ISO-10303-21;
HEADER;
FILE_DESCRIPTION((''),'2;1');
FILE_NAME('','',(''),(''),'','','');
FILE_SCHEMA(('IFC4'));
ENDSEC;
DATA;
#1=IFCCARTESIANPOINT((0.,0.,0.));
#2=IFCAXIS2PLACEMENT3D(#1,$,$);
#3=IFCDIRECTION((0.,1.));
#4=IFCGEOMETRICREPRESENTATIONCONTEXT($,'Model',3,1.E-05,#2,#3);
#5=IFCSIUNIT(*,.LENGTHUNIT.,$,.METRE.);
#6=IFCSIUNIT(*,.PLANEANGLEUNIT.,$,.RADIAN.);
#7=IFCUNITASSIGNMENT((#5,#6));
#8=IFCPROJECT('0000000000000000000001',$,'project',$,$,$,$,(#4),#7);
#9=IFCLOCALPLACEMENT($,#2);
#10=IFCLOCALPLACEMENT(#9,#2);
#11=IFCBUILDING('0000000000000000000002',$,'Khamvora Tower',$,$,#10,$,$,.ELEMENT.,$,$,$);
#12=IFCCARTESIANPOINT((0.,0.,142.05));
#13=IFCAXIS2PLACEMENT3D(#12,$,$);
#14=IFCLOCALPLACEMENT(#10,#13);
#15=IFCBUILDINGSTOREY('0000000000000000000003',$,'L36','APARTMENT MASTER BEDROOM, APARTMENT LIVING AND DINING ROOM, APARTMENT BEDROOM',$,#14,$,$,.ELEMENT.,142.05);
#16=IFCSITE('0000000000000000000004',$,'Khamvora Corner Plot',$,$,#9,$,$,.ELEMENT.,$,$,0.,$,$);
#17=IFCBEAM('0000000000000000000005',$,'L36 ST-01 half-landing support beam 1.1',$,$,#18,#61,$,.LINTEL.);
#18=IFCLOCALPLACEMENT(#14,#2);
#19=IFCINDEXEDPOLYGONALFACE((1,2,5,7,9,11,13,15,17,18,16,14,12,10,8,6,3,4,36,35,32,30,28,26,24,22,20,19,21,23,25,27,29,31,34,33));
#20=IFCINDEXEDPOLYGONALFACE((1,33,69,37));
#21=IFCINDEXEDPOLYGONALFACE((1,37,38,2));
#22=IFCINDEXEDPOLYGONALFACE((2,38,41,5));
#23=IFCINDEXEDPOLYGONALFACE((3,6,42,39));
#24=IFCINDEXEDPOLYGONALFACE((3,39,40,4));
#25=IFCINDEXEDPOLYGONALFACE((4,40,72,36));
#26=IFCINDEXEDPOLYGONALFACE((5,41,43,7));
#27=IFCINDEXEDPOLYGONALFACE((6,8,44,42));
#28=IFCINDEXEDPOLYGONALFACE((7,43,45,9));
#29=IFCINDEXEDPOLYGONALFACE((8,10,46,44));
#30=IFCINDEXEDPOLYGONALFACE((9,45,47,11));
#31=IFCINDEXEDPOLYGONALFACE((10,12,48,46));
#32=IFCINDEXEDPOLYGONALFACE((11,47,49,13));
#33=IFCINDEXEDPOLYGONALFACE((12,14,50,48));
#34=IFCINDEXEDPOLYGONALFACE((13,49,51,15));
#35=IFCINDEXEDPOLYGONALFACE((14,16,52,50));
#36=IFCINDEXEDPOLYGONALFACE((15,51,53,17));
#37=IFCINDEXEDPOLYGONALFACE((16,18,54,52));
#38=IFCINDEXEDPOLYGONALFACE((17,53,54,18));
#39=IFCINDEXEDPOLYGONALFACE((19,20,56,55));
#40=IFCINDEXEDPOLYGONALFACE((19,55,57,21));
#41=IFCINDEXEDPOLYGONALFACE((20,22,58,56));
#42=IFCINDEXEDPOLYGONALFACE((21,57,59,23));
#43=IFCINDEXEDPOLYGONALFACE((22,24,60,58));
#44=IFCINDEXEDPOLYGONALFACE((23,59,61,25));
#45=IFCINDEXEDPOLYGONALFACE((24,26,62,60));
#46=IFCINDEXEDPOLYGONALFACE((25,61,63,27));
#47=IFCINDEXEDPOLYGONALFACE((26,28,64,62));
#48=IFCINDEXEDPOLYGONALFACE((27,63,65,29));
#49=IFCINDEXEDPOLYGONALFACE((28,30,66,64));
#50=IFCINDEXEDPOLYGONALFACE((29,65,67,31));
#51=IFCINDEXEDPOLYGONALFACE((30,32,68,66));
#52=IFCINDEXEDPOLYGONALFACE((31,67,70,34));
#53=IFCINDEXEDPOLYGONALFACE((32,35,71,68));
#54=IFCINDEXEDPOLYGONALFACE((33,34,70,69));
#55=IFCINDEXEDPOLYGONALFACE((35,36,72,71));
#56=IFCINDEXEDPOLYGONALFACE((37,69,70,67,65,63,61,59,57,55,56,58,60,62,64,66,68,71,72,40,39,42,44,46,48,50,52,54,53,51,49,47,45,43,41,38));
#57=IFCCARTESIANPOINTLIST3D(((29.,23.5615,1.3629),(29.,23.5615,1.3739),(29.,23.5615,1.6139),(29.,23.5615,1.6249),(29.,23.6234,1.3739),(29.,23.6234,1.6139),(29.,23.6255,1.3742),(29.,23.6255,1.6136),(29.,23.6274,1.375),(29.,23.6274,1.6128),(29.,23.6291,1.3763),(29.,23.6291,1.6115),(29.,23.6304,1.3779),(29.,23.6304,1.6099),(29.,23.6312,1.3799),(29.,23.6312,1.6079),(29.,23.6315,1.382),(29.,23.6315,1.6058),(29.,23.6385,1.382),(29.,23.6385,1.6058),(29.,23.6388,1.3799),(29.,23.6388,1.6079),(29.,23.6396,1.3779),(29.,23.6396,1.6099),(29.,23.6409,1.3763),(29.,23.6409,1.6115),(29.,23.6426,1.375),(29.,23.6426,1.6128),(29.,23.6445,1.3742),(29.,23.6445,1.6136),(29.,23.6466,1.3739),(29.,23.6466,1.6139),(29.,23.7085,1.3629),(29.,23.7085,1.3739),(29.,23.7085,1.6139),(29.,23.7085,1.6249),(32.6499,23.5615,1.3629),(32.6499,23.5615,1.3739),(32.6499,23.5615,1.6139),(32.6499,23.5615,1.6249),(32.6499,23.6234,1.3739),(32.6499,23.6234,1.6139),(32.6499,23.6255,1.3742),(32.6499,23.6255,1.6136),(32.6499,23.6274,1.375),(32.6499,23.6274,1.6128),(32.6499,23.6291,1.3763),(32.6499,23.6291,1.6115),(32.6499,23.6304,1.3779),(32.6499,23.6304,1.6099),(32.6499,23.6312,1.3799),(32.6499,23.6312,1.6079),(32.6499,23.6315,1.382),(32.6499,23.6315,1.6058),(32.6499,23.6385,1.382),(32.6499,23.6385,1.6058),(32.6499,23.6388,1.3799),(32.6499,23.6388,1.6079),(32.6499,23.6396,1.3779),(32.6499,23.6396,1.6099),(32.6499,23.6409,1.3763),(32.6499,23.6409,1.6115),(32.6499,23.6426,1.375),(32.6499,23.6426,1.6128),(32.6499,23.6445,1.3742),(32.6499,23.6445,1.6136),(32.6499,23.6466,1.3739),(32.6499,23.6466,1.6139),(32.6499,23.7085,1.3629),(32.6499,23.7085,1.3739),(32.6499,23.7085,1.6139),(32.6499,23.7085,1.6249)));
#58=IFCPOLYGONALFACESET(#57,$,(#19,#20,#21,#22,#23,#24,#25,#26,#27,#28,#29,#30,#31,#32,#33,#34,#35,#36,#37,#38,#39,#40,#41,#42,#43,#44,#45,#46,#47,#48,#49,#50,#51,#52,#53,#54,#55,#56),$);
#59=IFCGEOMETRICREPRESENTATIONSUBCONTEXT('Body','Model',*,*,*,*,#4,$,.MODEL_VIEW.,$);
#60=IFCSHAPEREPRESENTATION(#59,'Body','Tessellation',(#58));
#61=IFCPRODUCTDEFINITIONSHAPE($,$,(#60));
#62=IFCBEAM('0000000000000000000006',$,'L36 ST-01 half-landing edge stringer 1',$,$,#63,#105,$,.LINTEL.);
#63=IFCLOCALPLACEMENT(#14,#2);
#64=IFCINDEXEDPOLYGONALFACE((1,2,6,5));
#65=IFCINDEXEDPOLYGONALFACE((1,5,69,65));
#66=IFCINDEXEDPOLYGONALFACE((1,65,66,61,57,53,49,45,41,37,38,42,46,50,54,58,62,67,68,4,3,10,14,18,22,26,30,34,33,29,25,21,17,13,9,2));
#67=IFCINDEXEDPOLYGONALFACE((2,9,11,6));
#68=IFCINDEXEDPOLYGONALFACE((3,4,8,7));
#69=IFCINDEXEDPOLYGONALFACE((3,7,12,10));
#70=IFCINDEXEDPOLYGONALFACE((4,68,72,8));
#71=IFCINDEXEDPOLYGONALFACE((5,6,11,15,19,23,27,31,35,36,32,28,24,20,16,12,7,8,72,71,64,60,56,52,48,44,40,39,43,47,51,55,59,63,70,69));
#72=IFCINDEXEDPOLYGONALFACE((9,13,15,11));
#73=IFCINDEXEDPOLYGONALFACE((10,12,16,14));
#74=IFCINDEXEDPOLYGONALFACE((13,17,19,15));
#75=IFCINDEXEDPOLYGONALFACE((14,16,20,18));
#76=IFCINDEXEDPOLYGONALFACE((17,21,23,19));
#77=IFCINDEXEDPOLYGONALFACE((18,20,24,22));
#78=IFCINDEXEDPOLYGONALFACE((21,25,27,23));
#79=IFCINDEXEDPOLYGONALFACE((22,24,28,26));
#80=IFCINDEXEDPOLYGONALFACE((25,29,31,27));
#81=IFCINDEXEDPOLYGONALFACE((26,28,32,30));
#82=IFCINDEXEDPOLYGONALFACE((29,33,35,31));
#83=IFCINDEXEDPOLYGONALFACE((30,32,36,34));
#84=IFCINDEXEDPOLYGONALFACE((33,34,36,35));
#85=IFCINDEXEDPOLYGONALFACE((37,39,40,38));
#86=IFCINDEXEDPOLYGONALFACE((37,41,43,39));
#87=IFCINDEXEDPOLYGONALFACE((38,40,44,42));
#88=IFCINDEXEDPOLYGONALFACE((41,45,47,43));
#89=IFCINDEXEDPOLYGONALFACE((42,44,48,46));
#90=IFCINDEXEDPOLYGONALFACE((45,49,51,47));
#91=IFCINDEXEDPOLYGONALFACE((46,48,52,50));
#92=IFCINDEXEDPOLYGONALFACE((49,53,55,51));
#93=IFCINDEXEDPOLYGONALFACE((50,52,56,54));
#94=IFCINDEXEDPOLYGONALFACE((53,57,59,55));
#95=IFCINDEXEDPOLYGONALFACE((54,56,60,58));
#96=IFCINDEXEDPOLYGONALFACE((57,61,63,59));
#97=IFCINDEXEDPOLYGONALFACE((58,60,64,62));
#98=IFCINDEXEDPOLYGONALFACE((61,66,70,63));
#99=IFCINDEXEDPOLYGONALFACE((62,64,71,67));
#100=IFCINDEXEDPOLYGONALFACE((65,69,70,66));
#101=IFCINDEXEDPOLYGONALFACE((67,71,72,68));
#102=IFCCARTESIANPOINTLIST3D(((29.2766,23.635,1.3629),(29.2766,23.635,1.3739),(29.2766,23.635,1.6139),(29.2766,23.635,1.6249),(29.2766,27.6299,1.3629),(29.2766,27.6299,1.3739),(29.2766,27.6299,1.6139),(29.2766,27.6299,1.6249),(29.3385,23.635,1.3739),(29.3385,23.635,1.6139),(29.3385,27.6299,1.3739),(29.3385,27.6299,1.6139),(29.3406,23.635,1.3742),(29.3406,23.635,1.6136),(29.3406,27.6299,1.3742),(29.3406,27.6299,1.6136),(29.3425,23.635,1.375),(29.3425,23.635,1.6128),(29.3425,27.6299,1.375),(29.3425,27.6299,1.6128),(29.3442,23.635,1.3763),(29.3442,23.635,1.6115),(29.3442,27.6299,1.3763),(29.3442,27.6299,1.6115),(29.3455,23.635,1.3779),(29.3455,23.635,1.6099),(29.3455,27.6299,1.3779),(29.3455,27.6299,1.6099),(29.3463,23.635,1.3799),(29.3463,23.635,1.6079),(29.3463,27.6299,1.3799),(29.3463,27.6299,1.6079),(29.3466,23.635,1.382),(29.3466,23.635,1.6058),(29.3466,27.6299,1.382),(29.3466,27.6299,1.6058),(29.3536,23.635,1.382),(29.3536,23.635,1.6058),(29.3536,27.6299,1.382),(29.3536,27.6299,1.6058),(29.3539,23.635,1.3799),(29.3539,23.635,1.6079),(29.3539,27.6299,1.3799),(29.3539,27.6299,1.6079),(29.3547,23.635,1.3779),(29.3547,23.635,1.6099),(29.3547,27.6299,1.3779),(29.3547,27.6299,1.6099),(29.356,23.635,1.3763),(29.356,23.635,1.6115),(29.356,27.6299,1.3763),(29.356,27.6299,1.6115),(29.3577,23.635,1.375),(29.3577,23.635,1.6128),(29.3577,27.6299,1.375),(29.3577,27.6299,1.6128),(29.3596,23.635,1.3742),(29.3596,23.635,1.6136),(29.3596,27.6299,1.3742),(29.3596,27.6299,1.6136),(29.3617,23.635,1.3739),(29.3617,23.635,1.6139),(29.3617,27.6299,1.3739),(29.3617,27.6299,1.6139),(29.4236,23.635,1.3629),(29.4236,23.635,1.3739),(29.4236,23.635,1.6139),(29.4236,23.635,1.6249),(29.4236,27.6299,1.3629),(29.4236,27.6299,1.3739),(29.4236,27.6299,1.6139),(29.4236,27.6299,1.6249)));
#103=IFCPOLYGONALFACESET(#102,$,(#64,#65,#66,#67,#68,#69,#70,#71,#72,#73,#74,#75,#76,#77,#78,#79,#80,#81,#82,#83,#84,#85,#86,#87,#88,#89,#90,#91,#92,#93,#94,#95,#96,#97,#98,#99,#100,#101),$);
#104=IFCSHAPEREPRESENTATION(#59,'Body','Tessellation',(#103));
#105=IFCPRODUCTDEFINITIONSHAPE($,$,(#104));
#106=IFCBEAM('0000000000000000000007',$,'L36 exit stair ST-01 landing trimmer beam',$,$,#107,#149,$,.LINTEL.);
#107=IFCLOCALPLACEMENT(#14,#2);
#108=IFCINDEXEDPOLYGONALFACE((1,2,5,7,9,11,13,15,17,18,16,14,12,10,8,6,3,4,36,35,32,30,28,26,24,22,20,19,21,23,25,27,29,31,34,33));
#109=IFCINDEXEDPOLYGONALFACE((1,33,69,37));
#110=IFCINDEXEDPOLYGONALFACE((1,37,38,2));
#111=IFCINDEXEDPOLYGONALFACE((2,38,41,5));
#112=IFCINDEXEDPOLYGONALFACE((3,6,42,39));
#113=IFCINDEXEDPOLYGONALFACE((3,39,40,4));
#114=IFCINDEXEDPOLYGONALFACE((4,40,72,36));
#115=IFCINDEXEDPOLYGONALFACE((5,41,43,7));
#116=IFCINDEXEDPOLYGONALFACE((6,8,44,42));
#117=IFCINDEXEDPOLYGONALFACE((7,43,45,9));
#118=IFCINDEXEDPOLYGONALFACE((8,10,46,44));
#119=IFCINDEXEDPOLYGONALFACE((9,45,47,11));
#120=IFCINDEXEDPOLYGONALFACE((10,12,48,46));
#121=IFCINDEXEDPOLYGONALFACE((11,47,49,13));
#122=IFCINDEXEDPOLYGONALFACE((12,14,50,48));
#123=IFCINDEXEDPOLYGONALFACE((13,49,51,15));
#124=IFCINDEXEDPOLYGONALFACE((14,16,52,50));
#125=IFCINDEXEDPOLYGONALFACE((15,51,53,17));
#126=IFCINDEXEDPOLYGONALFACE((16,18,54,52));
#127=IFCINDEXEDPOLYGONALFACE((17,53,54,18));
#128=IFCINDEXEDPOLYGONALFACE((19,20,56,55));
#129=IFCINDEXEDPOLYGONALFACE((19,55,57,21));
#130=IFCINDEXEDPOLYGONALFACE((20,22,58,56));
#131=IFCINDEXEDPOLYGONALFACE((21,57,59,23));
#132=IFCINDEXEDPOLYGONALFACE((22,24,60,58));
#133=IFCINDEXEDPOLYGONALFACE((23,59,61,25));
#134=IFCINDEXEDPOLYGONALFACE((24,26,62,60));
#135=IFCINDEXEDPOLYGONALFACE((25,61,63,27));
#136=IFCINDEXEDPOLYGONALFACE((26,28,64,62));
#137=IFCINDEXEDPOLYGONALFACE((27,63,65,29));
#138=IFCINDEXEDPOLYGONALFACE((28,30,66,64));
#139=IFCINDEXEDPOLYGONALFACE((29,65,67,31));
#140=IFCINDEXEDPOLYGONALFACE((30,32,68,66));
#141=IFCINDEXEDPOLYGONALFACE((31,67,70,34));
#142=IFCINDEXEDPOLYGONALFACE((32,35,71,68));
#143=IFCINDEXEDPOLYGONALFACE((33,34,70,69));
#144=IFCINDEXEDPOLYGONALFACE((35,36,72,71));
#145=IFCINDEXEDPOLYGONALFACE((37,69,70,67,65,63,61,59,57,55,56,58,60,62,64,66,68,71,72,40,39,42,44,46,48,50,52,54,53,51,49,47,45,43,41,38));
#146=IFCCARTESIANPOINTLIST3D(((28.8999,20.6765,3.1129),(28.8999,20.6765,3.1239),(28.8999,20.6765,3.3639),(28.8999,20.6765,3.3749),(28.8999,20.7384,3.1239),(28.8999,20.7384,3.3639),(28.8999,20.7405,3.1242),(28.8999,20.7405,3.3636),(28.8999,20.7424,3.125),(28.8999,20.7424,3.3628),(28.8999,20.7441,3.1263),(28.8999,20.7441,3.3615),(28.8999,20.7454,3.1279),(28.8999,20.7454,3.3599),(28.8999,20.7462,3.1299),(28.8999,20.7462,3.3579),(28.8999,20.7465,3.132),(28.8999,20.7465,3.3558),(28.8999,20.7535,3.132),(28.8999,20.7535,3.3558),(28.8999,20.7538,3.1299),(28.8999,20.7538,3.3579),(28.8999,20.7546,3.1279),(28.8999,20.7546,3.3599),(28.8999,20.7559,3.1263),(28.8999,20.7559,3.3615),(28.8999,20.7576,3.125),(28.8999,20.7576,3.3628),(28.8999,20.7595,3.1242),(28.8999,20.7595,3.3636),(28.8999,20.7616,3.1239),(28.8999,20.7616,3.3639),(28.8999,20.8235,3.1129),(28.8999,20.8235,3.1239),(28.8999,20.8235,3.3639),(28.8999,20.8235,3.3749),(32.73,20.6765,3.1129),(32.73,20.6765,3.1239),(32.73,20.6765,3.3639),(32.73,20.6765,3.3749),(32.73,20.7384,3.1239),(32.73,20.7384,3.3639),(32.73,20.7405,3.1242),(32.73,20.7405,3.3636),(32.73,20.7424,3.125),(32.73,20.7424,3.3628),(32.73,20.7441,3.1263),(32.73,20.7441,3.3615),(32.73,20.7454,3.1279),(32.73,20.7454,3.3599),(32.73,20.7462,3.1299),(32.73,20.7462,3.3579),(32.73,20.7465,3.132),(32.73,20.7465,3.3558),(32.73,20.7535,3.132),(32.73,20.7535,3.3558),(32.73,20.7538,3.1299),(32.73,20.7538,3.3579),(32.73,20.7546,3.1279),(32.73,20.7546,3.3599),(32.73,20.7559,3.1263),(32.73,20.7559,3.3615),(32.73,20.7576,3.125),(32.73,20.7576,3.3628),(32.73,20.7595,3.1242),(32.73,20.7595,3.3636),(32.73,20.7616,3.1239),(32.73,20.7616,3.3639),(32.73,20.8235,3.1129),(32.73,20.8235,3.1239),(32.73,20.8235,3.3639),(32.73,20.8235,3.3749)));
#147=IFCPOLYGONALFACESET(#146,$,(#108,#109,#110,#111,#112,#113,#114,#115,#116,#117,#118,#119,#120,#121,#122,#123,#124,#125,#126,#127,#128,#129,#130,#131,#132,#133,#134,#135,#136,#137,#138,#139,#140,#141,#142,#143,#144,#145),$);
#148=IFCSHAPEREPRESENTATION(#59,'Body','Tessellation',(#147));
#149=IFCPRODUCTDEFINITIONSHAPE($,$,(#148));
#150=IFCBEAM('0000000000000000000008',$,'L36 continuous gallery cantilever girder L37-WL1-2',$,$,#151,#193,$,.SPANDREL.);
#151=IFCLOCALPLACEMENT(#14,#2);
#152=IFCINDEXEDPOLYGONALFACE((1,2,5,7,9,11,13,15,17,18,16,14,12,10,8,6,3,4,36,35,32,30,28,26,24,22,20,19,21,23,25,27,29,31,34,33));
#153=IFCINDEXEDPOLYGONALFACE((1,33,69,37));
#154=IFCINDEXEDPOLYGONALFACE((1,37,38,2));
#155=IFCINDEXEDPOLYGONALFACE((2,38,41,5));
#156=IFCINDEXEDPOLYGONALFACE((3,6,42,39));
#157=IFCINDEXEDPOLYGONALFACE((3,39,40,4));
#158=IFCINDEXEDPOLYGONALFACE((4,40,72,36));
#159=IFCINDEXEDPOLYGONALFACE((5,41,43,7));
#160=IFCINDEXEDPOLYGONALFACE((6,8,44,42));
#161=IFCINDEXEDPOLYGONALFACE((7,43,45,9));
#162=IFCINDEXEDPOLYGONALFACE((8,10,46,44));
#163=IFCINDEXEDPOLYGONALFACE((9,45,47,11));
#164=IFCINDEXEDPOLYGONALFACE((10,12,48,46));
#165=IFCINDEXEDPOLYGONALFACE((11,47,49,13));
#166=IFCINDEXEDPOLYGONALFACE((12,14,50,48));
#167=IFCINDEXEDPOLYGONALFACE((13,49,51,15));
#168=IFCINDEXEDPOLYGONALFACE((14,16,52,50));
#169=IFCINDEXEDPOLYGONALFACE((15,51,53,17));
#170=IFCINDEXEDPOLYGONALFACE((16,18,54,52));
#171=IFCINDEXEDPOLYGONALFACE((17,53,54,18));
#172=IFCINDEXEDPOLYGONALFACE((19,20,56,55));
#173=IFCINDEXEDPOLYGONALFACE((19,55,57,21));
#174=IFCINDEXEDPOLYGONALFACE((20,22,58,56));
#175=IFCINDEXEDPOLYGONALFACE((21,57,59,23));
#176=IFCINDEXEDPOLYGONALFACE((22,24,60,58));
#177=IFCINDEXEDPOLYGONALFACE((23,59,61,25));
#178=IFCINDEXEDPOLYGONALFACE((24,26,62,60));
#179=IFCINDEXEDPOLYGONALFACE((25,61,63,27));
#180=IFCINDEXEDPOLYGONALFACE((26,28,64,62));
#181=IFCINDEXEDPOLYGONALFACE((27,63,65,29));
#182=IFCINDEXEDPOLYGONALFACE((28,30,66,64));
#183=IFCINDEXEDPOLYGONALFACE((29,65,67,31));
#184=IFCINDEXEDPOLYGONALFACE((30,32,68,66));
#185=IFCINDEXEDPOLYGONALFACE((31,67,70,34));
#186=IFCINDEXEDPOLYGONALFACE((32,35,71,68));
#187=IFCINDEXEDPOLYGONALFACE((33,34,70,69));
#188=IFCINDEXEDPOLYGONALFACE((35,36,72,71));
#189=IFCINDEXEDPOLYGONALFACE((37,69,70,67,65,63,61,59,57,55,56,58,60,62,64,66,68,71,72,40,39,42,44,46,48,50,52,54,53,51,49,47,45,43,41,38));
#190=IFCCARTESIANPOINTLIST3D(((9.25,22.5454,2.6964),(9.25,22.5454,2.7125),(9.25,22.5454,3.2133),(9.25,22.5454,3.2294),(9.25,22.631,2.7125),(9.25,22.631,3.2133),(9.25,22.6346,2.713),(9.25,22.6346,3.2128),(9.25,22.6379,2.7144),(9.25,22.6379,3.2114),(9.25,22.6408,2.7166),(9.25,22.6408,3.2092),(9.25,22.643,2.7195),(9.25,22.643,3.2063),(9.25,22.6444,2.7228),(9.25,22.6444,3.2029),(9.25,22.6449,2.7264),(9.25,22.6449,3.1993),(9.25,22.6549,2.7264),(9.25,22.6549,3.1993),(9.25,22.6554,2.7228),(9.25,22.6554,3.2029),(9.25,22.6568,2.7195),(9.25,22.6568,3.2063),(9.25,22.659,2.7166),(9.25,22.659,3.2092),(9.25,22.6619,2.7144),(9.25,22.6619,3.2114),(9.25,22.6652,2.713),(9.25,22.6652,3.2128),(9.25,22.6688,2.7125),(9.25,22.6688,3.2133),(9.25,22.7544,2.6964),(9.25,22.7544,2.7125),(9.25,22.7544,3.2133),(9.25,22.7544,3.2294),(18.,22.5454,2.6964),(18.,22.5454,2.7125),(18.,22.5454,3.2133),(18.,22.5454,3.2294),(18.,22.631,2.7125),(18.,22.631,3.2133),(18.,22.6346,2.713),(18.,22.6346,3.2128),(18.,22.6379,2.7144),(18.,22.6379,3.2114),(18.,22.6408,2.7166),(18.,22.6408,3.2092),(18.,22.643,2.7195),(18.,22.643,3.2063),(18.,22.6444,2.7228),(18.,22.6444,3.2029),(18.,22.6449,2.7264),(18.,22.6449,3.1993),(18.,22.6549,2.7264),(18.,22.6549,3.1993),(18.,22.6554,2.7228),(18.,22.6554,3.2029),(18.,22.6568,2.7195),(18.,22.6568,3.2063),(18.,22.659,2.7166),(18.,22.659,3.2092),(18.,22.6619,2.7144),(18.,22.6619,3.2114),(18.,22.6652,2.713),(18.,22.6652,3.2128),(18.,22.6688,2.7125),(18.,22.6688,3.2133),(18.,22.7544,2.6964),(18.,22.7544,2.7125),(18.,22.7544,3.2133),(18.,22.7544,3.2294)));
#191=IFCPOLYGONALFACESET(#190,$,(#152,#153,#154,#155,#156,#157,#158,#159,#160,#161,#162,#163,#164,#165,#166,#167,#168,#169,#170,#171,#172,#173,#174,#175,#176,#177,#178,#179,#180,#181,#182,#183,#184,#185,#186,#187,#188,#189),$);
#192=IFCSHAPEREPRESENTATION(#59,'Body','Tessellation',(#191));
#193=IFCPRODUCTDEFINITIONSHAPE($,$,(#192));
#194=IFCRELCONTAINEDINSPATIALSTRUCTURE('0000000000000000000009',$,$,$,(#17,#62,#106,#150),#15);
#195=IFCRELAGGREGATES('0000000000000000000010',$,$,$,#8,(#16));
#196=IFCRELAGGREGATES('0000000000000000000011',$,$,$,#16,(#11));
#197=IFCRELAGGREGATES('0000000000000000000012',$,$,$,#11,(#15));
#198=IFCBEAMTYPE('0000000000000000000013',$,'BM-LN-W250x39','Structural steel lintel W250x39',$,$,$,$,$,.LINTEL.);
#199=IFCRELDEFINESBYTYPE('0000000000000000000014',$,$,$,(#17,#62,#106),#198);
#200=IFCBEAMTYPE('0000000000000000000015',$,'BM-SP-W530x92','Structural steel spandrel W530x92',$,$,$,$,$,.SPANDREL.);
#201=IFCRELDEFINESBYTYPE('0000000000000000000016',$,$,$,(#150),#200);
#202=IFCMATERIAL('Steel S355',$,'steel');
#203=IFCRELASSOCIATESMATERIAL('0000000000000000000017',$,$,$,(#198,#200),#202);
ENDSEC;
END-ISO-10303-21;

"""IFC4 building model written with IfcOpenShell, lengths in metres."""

from ifc_helpers import new_model, si_unit, direction, frame, origin, origin_2d, place, context, subcontext, project, spatial, i_section, extrude, material, material_profile, profile_set, type_object, element, save


model = new_model("IFC4")

# Units and contexts
model_context = context("Model", 3, precision=1e-05, world=origin(), true_north=direction((0.0, 1.0)))
body_context = subcontext(model_context, "Body", "Model", "MODEL_VIEW")
ifc_project = project(units=[si_unit("LENGTHUNIT", "METRE"), si_unit("PLANEANGLEUNIT", "RADIAN")], contexts=[model_context])

# Site, building, storey
site_placement = place(None, origin())
site = spatial("IfcSite", under=ifc_project, at=site_placement, Name="Khamvora Corner Plot", CompositionType="ELEMENT", RefElevation=0.0)
building_placement = place(site_placement, origin())
building = spatial("IfcBuilding", under=site, at=building_placement, Name="Khamvora Tower", CompositionType="ELEMENT")
storey_placement = place(building_placement, frame((0.0, 0.0, 142.05)))
storey = spatial("IfcBuildingStorey", under=building, at=storey_placement, Name="L36", Description="APARTMENT MASTER BEDROOM, APARTMENT LIVING AND DINING ROOM, APARTMENT BEDROOM", CompositionType="ELEMENT", Elevation=142.05)

# Beams
ifc_material_1 = material(Name="Steel S355", Category="steel")
ifc_material_profile_1 = material_profile(ifc_material_1, i_section(OverallWidth=0.147, OverallDepth=0.262, WebThickness=0.0071, FlangeThickness=0.011, FilletRadius=0.0081, at=origin_2d()), Name="W250x39")
ifc_profile_set_1 = profile_set([ifc_material_profile_1], Name="Steel S355")
beam_type_1 = type_object("IfcBeamType", Name="BM-LN-W250x39", Description="Structural steel lintel W250x39", PredefinedType="LINTEL", material=ifc_profile_set_1)
beam_1_placement = place(storey_placement, frame((29.0, 23.635, 1.4939), z_axis=(1.0, 0.0, 0.0), x_axis=(0.0, 1.0, 0.0)))
element("IfcBeam", 1, at=beam_1_placement, inside=storey, type_object=beam_type_1, Name="L36 ST-01 half-landing support beam 1.1", PredefinedType="LINTEL", context=body_context, shape_type="SweptSolid", body=[
    extrude(i_section(OverallWidth=0.147, OverallDepth=0.262, WebThickness=0.0071, FlangeThickness=0.011, FilletRadius=0.0081, at=origin_2d()), origin(), (0.0, 0.0, 1.0), 3.6499),
])
beam_2_placement = place(storey_placement, frame((29.3501, 23.635, 1.4939), z_axis=(0.0, 1.0, 0.0), x_axis=(-1.0, 0.0, 0.0)))
element("IfcBeam", 2, at=beam_2_placement, inside=storey, type_object=beam_type_1, Name="L36 ST-01 half-landing edge stringer 1", PredefinedType="LINTEL", context=body_context, shape_type="SweptSolid", body=[
    extrude(i_section(OverallWidth=0.147, OverallDepth=0.262, WebThickness=0.0071, FlangeThickness=0.011, FilletRadius=0.0081, at=origin_2d()), origin(), (0.0, 0.0, 1.0), 3.9949),
])
beam_3_placement = place(storey_placement, frame((28.8999, 20.75, 3.2439), z_axis=(1.0, 0.0, 0.0), x_axis=(0.0, 1.0, 0.0)))
element("IfcBeam", 3, at=beam_3_placement, inside=storey, type_object=beam_type_1, Name="L36 exit stair ST-01 landing trimmer beam", PredefinedType="LINTEL", context=body_context, shape_type="SweptSolid", body=[
    extrude(i_section(OverallWidth=0.147, OverallDepth=0.262, WebThickness=0.0071, FlangeThickness=0.011, FilletRadius=0.0081, at=origin_2d()), origin(), (0.0, 0.0, 1.0), 3.8301),
])
ifc_material_profile_2 = material_profile(ifc_material_1, i_section(OverallWidth=0.209, OverallDepth=0.533, WebThickness=0.01, FlangeThickness=0.0161, FilletRadius=0.0139, at=origin_2d()), Name="W530x92")
ifc_profile_set_2 = profile_set([ifc_material_profile_2], Name="Steel S355")
beam_type_2 = type_object("IfcBeamType", Name="BM-SP-W530x92", Description="Structural steel spandrel W530x92", PredefinedType="SPANDREL", material=ifc_profile_set_2)
beam_4_placement = place(storey_placement, frame((18.0, 22.6499, 2.9629), z_axis=(-1.0, 0.0, 0.0), x_axis=(0.0, -1.0, 0.0)))
element("IfcBeam", 4, at=beam_4_placement, inside=storey, type_object=beam_type_2, Name="L36 continuous gallery cantilever girder L37-WL1-2", PredefinedType="SPANDREL", context=body_context, shape_type="SweptSolid", body=[
    extrude(i_section(OverallWidth=0.209, OverallDepth=0.533, WebThickness=0.01, FlangeThickness=0.0161, FilletRadius=0.0139, at=origin_2d()), origin(), (0.0, 0.0, 1.0), 8.75),
])

save(model, "model.ifc")
